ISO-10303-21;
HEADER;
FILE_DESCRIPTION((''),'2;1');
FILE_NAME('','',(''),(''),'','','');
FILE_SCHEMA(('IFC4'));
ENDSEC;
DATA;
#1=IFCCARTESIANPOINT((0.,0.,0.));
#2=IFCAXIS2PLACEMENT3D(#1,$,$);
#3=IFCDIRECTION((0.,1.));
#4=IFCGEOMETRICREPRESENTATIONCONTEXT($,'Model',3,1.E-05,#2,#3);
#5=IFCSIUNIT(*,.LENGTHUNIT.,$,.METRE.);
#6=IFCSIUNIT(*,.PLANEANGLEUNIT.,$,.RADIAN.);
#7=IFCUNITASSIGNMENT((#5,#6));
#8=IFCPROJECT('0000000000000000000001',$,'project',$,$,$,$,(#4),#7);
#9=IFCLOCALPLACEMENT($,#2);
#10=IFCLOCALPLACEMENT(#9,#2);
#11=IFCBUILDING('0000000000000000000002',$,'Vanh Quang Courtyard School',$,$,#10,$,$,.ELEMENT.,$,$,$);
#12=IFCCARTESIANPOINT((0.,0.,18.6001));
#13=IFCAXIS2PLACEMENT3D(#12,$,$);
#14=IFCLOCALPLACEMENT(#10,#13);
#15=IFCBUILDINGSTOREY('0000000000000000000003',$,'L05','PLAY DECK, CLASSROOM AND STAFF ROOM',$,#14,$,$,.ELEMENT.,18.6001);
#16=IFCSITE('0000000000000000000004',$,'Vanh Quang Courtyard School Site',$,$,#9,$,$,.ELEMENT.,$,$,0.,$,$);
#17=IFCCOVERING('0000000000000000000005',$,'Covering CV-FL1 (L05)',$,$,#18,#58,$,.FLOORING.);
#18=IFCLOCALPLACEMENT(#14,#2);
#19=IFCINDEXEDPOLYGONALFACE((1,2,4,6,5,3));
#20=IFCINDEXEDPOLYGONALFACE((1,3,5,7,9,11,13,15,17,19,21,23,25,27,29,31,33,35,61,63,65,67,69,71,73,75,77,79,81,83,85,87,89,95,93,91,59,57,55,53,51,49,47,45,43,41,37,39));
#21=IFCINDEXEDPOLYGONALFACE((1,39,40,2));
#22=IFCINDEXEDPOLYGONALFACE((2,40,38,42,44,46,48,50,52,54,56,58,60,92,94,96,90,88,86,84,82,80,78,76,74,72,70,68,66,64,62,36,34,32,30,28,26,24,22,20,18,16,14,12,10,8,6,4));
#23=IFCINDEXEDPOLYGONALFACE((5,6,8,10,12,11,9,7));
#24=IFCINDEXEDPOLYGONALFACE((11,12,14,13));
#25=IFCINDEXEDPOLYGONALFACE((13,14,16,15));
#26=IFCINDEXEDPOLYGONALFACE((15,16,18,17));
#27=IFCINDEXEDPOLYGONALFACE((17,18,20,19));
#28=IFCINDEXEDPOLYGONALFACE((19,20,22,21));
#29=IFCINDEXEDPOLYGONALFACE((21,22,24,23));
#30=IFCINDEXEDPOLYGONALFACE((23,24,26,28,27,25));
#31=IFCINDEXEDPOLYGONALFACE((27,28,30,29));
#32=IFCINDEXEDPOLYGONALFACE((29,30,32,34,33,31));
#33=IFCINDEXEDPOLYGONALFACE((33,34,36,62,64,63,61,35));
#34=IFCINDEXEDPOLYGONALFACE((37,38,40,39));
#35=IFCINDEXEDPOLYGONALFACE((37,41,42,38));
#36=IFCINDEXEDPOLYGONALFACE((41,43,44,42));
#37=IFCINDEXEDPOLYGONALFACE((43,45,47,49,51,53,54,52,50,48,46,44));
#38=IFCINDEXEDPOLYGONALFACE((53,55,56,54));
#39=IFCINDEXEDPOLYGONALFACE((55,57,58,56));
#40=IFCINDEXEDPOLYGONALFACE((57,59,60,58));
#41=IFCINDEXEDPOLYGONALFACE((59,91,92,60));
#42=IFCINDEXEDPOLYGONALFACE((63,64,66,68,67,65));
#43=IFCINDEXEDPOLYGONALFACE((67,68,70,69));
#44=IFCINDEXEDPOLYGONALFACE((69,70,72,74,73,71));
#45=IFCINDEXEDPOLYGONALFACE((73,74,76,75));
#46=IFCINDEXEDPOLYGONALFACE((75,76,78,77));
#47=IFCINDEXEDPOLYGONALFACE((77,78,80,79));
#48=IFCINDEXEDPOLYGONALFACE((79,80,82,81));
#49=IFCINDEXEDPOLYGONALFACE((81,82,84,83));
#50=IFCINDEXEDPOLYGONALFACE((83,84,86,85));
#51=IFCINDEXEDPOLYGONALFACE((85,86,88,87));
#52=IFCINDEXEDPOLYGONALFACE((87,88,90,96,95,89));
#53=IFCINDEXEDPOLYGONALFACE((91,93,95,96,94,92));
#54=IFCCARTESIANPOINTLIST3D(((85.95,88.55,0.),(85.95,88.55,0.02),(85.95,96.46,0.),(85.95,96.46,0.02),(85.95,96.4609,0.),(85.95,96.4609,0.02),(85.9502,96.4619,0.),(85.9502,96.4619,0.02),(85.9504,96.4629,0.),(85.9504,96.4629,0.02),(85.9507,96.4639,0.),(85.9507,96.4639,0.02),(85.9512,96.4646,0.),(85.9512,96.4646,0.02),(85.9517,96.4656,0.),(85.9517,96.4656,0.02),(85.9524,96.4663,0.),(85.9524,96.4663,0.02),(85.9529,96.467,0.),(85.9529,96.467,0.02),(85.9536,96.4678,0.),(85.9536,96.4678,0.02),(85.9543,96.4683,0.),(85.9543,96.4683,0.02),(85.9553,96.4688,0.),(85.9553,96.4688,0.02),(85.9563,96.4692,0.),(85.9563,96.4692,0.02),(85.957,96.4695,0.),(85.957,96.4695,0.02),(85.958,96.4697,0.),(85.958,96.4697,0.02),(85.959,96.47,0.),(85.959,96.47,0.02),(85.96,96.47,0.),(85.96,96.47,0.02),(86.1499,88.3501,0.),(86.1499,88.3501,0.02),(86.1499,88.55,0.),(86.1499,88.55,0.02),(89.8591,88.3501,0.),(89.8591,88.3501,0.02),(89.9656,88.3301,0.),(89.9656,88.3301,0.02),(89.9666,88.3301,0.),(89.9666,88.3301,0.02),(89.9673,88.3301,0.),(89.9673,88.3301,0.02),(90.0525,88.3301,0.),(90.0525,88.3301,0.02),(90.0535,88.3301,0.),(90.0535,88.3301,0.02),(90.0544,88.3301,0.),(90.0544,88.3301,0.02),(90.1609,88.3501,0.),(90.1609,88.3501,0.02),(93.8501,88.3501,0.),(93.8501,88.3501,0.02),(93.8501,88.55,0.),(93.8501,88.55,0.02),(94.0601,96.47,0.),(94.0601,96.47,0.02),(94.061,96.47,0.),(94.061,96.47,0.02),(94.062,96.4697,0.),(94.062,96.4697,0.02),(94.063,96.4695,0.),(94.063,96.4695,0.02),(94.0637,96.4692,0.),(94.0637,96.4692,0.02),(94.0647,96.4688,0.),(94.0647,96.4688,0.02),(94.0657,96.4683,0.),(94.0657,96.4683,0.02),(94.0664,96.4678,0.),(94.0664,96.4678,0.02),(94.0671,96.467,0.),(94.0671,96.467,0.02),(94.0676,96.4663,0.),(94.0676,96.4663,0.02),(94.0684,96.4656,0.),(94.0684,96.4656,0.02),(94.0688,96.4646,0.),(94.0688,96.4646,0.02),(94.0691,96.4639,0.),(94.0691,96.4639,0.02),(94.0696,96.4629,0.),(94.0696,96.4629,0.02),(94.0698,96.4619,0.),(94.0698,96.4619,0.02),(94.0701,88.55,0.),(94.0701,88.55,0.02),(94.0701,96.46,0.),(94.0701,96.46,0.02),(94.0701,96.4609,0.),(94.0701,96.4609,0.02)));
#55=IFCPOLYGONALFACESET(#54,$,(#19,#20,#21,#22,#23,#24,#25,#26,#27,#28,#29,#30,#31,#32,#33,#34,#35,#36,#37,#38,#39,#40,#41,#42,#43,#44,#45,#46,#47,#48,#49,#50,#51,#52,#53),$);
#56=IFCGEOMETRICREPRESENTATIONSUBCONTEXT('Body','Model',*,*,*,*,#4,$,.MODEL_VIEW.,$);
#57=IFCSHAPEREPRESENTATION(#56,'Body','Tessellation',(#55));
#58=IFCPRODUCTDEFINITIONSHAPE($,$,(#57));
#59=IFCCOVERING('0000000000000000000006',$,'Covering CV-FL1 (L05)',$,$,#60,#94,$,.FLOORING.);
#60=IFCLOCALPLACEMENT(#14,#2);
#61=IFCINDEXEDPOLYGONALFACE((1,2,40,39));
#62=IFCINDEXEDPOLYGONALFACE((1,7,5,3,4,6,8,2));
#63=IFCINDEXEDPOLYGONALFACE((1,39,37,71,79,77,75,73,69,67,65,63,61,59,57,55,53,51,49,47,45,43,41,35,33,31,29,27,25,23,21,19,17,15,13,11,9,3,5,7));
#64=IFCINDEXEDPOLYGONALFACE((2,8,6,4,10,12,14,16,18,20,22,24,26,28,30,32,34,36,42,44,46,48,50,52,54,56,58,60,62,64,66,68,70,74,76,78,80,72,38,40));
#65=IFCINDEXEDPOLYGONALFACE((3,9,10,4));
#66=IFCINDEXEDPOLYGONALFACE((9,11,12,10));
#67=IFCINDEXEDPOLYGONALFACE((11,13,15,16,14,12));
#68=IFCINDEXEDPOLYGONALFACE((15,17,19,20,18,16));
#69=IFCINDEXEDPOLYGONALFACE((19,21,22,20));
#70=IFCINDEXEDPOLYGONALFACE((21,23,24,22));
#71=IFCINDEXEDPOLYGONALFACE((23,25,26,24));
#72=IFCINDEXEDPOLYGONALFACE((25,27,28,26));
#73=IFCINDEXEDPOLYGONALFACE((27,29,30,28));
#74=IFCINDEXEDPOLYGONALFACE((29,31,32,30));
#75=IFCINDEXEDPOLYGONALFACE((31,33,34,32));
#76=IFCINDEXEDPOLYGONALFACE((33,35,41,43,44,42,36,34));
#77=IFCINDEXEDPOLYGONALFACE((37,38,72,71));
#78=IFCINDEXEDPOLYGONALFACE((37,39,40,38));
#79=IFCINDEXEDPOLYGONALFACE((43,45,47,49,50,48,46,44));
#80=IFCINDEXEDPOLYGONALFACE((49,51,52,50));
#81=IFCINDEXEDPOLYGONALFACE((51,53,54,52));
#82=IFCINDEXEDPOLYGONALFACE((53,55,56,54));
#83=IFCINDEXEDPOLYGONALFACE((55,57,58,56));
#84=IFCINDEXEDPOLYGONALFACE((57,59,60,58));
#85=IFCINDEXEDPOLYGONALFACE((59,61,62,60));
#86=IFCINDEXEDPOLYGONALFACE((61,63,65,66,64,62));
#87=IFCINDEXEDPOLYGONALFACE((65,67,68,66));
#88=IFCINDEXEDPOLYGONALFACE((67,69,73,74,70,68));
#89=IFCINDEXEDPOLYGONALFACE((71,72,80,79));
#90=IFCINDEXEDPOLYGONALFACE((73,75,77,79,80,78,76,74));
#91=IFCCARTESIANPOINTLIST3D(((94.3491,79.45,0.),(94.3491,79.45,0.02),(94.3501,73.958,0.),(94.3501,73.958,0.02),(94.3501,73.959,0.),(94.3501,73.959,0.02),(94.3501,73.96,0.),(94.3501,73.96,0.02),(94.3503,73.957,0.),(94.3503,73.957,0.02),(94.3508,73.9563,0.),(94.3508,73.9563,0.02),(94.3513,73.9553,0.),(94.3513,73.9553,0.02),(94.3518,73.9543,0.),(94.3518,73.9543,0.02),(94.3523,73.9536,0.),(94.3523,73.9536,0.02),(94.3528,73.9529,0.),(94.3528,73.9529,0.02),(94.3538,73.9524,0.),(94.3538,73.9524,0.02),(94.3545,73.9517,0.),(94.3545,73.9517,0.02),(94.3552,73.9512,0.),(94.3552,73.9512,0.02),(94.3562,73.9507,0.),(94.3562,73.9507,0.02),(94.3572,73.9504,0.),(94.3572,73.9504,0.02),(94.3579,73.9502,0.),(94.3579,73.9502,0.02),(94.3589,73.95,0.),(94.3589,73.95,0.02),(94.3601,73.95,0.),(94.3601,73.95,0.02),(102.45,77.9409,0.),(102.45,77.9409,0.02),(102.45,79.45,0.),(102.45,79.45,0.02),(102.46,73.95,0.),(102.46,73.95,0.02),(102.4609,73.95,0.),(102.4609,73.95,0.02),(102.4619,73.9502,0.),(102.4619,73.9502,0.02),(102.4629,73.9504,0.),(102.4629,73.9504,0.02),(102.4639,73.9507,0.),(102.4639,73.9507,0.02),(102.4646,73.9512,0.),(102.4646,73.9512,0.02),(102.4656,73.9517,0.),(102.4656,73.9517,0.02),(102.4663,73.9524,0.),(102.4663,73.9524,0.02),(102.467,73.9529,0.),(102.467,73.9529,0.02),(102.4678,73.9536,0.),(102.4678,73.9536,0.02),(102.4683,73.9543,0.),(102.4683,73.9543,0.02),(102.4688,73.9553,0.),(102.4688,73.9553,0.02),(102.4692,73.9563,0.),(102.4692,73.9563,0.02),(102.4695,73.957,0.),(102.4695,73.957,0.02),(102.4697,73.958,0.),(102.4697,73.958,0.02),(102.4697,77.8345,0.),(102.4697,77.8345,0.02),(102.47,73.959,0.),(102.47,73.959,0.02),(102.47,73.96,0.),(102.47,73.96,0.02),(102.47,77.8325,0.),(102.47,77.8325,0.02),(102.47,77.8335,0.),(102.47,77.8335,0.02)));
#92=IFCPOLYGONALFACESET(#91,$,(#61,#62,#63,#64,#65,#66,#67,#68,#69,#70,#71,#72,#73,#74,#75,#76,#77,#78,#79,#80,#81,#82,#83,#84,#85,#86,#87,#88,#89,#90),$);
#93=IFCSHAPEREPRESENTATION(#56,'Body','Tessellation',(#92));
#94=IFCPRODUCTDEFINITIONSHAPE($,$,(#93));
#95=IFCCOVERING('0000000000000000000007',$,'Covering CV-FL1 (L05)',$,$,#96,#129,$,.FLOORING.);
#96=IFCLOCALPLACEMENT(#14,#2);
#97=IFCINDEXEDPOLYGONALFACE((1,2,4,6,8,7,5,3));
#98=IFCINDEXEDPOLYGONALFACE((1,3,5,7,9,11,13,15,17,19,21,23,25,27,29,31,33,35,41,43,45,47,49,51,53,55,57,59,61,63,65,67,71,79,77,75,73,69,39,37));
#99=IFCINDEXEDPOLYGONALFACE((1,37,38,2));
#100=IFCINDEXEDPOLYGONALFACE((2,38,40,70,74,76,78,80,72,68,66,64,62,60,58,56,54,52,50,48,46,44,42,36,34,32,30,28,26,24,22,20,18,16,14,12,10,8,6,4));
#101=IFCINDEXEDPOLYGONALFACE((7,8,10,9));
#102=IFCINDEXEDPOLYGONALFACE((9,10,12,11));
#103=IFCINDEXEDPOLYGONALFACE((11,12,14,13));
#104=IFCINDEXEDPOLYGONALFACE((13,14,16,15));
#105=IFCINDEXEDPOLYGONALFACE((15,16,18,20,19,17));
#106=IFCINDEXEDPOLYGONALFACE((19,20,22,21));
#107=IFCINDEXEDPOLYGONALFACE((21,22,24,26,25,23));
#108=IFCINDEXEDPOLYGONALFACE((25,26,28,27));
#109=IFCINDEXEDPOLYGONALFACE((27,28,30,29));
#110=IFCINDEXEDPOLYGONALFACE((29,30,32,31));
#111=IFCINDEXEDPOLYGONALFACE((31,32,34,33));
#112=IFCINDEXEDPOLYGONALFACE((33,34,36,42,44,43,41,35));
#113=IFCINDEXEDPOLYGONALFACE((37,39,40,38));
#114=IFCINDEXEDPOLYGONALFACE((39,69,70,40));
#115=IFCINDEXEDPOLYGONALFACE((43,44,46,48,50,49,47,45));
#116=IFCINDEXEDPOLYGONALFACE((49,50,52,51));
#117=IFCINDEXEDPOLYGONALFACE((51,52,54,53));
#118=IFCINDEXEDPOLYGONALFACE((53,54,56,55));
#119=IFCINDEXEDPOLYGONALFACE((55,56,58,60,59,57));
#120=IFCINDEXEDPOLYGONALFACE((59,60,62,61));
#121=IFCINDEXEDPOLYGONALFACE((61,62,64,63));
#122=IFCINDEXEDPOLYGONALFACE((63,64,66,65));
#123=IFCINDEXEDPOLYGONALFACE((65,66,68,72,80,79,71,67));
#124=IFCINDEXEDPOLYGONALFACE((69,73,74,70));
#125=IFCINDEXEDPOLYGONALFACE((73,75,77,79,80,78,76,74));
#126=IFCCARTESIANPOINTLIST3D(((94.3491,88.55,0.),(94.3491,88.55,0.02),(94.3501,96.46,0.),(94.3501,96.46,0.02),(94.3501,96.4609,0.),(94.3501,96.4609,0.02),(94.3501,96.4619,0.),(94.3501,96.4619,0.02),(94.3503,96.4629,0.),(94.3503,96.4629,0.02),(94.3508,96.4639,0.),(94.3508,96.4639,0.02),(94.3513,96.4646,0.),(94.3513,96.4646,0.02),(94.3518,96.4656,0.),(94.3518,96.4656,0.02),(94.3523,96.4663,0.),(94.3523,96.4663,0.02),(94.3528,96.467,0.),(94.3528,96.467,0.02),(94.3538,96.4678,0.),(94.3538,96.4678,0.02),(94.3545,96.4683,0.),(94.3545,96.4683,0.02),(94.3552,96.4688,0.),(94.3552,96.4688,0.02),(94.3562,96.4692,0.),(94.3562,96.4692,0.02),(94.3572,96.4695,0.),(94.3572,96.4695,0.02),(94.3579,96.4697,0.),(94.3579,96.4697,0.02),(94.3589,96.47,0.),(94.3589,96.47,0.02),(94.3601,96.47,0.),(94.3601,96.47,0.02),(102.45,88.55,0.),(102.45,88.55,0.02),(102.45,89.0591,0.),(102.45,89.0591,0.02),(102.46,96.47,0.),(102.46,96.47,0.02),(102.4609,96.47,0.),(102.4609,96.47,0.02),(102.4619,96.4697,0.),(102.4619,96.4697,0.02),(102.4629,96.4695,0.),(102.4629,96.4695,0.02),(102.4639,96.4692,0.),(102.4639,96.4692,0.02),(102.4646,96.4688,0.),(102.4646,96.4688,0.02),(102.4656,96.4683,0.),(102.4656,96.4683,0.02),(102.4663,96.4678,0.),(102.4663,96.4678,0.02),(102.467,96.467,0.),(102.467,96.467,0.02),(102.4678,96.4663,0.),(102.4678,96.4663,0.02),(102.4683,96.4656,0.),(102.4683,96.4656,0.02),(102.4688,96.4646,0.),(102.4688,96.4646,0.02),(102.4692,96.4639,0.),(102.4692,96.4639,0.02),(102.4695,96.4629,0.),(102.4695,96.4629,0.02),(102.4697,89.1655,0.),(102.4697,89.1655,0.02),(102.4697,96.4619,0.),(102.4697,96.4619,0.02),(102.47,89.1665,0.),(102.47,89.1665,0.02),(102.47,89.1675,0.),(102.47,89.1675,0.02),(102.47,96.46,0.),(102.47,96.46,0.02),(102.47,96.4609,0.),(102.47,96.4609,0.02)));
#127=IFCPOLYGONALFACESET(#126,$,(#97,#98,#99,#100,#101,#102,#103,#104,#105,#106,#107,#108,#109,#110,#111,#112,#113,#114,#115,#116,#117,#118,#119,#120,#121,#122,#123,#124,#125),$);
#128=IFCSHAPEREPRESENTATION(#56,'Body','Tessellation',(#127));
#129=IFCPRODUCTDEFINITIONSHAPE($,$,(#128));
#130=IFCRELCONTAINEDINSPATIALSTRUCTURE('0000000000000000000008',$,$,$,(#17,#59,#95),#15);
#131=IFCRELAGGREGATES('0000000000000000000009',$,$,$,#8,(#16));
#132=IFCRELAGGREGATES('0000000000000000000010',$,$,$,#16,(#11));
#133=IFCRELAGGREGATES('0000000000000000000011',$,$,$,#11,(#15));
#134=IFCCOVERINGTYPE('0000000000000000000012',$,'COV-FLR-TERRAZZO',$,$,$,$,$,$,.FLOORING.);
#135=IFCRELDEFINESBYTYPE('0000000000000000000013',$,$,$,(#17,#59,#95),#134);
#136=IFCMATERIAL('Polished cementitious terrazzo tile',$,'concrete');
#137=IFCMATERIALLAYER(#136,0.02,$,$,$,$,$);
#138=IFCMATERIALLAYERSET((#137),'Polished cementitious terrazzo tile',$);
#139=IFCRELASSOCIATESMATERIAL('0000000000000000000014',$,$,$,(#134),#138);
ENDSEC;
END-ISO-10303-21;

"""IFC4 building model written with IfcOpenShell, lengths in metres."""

from ifc_helpers import new_model, si_unit, direction, frame, origin, place, context, subcontext, project, spatial, polyline, outline, extrude, material, layer, layer_set, type_object, element, save


model = new_model("IFC4")

# Units and contexts
model_context = context("Model", 3, precision=1e-05, world=origin(), true_north=direction((0.0, 1.0)))
body_context = subcontext(model_context, "Body", "Model", "MODEL_VIEW")
ifc_project = project(units=[si_unit("LENGTHUNIT", "METRE"), si_unit("PLANEANGLEUNIT", "RADIAN")], contexts=[model_context])

# Site, building, storey
site_placement = place(None, origin())
site = spatial("IfcSite", under=ifc_project, at=site_placement, Name="Vanh Quang Courtyard School Site", CompositionType="ELEMENT", RefElevation=0.0)
building_placement = place(site_placement, origin())
building = spatial("IfcBuilding", under=site, at=building_placement, Name="Vanh Quang Courtyard School", CompositionType="ELEMENT")
storey_placement = place(building_placement, frame((0.0, 0.0, 18.6001)))
storey = spatial("IfcBuildingStorey", under=building, at=storey_placement, Name="L05", Description="PLAY DECK, CLASSROOM AND STAFF ROOM", CompositionType="ELEMENT", Elevation=18.6001)

# Coverings
ifc_material_1 = material(Name="Polished cementitious terrazzo tile", Category="concrete")
ifc_layer_1 = layer(ifc_material_1, 0.02)
ifc_layer_set_1 = layer_set([ifc_layer_1], Name="Polished cementitious terrazzo tile")
covering_type_1 = type_object("IfcCoveringType", Name="COV-FLR-TERRAZZO", PredefinedType="FLOORING", material=ifc_layer_set_1)
covering_1_placement = place(storey_placement, origin())
element("IfcCovering", 1, at=covering_1_placement, inside=storey, type_object=covering_type_1, Name="Covering CV-FL1 (L05)", PredefinedType="FLOORING", context=body_context, shape_type="SweptSolid", body=[
    extrude(outline(polyline([(86.1499, 88.3501), (86.1499, 88.55), (85.95, 88.55), (85.95, 96.46), (85.95, 96.4609), (85.9502, 96.4619), (85.9504, 96.4629), (85.9507, 96.4639), (85.9512, 96.4646), (85.9517, 96.4656), (85.9524, 96.4663), (85.9529, 96.467), (85.9536, 96.4678), (85.9543, 96.4683), (85.9553, 96.4688), (85.9563, 96.4692), (85.957, 96.4695), (85.958, 96.4697), (85.959, 96.47), (85.96, 96.47), (94.0601, 96.47), (94.061, 96.47), (94.062, 96.4697), (94.063, 96.4695), (94.0637, 96.4692), (94.0647, 96.4688), (94.0657, 96.4683), (94.0664, 96.4678), (94.0671, 96.467), (94.0676, 96.4663), (94.0684, 96.4656), (94.0688, 96.4646), (94.0691, 96.4639), (94.0696, 96.4629), (94.0698, 96.4619), (94.0701, 96.4609), (94.0701, 96.46), (94.0701, 88.55), (93.8501, 88.55), (93.8501, 88.3501), (90.1609, 88.3501), (90.0544, 88.3301), (90.0535, 88.3301), (90.0525, 88.3301), (89.9673, 88.3301), (89.9666, 88.3301), (89.9656, 88.3301), (89.8591, 88.3501), (86.1499, 88.3501)])), origin(), (0.0, 0.0, 1.0), 0.02),
])
covering_2_placement = place(storey_placement, origin())
element("IfcCovering", 2, at=covering_2_placement, inside=storey, type_object=covering_type_1, Name="Covering CV-FL1 (L05)", PredefinedType="FLOORING", context=body_context, shape_type="SweptSolid", body=[
    extrude(outline(polyline([(94.3491, 79.45), (102.45, 79.45), (102.45, 77.9409), (102.4697, 77.8345), (102.47, 77.8335), (102.47, 77.8325), (102.47, 73.96), (102.47, 73.959), (102.4697, 73.958), (102.4695, 73.957), (102.4692, 73.9563), (102.4688, 73.9553), (102.4683, 73.9543), (102.4678, 73.9536), (102.467, 73.9529), (102.4663, 73.9524), (102.4656, 73.9517), (102.4646, 73.9512), (102.4639, 73.9507), (102.4629, 73.9504), (102.4619, 73.9502), (102.4609, 73.95), (102.46, 73.95), (94.3601, 73.95), (94.3589, 73.95), (94.3579, 73.9502), (94.3572, 73.9504), (94.3562, 73.9507), (94.3552, 73.9512), (94.3545, 73.9517), (94.3538, 73.9524), (94.3528, 73.9529), (94.3523, 73.9536), (94.3518, 73.9543), (94.3513, 73.9553), (94.3508, 73.9563), (94.3503, 73.957), (94.3501, 73.958), (94.3501, 73.959), (94.3501, 73.96), (94.3491, 79.45)])), origin(), (0.0, 0.0, 1.0), 0.02),
])
covering_3_placement = place(storey_placement, origin())
element("IfcCovering", 3, at=covering_3_placement, inside=storey, type_object=covering_type_1, Name="Covering CV-FL1 (L05)", PredefinedType="FLOORING", context=body_context, shape_type="SweptSolid", body=[
    extrude(outline(polyline([(94.3501, 96.46), (94.3501, 96.4609), (94.3501, 96.4619), (94.3503, 96.4629), (94.3508, 96.4639), (94.3513, 96.4646), (94.3518, 96.4656), (94.3523, 96.4663), (94.3528, 96.467), (94.3538, 96.4678), (94.3545, 96.4683), (94.3552, 96.4688), (94.3562, 96.4692), (94.3572, 96.4695), (94.3579, 96.4697), (94.3589, 96.47), (94.3601, 96.47), (102.46, 96.47), (102.4609, 96.47), (102.4619, 96.4697), (102.4629, 96.4695), (102.4639, 96.4692), (102.4646, 96.4688), (102.4656, 96.4683), (102.4663, 96.4678), (102.467, 96.467), (102.4678, 96.4663), (102.4683, 96.4656), (102.4688, 96.4646), (102.4692, 96.4639), (102.4695, 96.4629), (102.4697, 96.4619), (102.47, 96.4609), (102.47, 96.46), (102.47, 89.1675), (102.47, 89.1665), (102.4697, 89.1655), (102.45, 89.0591), (102.45, 88.55), (94.3491, 88.55), (94.3501, 96.46)])), origin(), (0.0, 0.0, 1.0), 0.02),
])

save(model, "model.ifc")
